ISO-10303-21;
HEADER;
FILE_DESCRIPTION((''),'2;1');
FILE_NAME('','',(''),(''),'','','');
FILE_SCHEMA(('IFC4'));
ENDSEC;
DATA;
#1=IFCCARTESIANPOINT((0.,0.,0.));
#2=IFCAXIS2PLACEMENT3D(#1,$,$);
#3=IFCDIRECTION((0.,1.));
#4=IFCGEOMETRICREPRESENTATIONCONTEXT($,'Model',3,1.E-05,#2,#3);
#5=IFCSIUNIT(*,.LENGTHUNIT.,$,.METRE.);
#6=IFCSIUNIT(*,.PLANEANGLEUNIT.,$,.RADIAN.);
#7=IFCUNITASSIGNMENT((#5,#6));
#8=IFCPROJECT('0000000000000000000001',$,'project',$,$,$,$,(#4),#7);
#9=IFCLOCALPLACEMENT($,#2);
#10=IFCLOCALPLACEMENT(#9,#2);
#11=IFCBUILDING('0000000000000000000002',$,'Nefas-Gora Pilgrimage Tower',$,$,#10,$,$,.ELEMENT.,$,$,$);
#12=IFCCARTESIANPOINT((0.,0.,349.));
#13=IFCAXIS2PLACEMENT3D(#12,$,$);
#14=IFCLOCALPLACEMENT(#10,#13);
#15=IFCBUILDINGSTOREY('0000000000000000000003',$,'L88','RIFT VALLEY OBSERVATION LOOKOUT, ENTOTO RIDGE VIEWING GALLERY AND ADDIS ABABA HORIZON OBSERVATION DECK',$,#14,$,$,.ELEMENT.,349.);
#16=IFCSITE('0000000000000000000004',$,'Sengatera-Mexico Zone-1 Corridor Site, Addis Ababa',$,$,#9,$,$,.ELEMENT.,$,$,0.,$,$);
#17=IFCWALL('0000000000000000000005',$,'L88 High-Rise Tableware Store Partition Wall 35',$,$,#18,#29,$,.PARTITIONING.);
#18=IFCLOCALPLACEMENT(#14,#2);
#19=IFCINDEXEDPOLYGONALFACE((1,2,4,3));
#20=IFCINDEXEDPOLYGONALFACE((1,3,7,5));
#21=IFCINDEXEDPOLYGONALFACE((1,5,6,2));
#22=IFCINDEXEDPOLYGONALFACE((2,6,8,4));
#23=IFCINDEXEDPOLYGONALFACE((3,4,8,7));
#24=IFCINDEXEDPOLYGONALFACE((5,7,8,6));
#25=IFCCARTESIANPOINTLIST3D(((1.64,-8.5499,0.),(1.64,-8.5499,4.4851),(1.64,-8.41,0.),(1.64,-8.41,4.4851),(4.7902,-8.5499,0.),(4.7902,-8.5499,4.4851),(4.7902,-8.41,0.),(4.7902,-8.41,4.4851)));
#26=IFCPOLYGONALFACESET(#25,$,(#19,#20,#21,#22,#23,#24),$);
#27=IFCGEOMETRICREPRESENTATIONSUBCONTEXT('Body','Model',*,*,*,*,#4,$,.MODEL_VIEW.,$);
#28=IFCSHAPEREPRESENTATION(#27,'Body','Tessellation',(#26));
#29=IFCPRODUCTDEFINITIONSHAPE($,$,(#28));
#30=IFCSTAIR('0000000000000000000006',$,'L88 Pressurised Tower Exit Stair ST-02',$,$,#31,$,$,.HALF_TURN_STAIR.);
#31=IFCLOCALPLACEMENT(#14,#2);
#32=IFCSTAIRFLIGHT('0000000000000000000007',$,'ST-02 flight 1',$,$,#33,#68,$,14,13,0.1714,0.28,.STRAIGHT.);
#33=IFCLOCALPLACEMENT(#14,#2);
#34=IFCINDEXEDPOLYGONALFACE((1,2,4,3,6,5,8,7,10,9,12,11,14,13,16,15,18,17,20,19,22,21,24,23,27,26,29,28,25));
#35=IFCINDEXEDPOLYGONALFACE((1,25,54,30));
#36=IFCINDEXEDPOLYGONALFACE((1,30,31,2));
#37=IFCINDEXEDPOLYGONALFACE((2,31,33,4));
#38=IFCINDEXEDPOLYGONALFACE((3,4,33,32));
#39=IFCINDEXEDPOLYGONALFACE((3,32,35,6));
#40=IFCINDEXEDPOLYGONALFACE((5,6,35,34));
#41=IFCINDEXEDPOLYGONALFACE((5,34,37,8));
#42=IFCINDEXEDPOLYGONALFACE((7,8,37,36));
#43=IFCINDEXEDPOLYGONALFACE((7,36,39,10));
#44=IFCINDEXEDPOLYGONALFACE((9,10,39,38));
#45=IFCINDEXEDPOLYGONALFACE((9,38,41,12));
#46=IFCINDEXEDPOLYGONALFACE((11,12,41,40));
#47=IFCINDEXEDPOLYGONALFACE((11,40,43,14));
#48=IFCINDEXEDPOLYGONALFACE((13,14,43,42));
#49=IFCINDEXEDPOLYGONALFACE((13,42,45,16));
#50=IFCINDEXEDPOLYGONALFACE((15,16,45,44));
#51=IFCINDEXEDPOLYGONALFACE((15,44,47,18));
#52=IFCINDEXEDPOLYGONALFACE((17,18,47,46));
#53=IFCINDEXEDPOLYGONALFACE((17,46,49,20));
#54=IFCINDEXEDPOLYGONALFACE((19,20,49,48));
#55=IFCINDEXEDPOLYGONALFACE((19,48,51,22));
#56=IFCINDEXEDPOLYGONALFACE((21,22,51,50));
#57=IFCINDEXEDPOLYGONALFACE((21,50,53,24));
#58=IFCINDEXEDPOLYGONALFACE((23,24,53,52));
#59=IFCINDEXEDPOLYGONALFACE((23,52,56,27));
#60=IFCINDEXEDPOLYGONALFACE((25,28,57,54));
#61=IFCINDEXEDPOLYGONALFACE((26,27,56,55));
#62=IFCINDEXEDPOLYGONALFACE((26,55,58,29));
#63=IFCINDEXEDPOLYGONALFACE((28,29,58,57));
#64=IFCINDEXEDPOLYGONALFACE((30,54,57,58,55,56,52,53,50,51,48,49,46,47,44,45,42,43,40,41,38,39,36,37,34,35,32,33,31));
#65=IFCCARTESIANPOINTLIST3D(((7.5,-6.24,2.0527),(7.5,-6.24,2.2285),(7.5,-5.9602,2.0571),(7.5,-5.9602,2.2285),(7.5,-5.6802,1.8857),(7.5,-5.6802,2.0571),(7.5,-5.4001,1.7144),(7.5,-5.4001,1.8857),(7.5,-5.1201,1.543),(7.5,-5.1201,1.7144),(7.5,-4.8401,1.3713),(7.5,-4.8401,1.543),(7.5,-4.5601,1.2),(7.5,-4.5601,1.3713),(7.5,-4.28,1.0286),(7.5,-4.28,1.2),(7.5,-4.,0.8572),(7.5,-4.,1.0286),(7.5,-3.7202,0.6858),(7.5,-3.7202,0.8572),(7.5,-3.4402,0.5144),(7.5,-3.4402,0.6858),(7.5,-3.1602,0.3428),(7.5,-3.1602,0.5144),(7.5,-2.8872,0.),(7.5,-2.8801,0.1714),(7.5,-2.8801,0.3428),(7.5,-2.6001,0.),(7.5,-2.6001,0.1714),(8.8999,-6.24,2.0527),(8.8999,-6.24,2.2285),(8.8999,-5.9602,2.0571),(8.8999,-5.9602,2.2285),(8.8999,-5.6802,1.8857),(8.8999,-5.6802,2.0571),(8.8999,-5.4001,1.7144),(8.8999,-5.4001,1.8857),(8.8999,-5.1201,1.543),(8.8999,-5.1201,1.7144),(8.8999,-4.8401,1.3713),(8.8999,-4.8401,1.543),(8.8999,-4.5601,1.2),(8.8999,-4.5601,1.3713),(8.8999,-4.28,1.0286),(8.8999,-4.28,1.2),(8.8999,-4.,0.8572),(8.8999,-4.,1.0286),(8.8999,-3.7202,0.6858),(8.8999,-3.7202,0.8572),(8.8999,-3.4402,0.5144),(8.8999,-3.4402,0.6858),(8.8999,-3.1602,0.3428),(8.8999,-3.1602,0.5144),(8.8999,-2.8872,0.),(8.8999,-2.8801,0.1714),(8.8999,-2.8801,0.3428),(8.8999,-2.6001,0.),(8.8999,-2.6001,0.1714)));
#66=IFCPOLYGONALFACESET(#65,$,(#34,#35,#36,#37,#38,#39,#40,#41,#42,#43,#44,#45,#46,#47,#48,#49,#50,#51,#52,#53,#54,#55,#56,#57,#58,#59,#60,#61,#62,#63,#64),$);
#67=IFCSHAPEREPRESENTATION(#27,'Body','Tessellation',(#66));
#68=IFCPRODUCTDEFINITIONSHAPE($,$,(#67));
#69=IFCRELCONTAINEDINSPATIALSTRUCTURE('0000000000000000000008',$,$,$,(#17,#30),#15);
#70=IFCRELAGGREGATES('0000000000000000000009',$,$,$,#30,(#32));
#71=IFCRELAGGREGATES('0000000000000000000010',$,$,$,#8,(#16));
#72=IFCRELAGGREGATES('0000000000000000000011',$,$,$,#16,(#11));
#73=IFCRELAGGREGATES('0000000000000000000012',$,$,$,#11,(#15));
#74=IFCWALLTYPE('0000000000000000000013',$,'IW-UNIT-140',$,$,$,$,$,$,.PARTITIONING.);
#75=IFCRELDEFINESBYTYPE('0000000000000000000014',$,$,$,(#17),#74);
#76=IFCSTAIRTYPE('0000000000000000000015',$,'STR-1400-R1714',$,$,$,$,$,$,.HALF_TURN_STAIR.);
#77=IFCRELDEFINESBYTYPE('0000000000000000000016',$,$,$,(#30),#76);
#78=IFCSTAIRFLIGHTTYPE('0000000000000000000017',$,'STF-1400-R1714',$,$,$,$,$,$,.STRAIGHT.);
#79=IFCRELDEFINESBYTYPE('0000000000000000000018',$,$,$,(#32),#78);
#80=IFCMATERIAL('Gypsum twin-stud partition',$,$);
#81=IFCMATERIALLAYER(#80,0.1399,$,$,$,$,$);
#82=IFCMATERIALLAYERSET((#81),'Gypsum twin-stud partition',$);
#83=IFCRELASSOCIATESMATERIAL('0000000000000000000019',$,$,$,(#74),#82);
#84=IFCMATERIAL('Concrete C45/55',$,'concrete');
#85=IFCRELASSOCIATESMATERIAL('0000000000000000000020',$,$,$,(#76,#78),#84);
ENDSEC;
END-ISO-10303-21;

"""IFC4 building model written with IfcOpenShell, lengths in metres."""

from ifc_helpers import new_model, si_unit, direction, frame, frame_2d, origin, place, context, subcontext, project, spatial, polyline, rectangle, outline, extrude, source, transform, mapped, material, layer, layer_set, type_object, element, aggregate, save


model = new_model("IFC4")

# Units and contexts
model_context = context("Model", 3, precision=1e-05, world=origin(), true_north=direction((0.0, 1.0)))
body_context = subcontext(model_context, "Body", "Model", "MODEL_VIEW")
ifc_project = project(units=[si_unit("LENGTHUNIT", "METRE"), si_unit("PLANEANGLEUNIT", "RADIAN")], contexts=[model_context])

# Site, building, storey
site_placement = place(None, origin())
site = spatial("IfcSite", under=ifc_project, at=site_placement, Name="Sengatera-Mexico Zone-1 Corridor Site, Addis Ababa", CompositionType="ELEMENT", RefElevation=0.0)
building_placement = place(site_placement, origin())
building = spatial("IfcBuilding", under=site, at=building_placement, Name="Nefas-Gora Pilgrimage Tower", CompositionType="ELEMENT")
storey_placement = place(building_placement, frame((0.0, 0.0, 349.0)))
storey = spatial("IfcBuildingStorey", under=building, at=storey_placement, Name="L88", Description="RIFT VALLEY OBSERVATION LOOKOUT, ENTOTO RIDGE VIEWING GALLERY AND ADDIS ABABA HORIZON OBSERVATION DECK", CompositionType="ELEMENT", Elevation=349.0)

# Shared definitions
ifc_material_1 = material(Name="Concrete C45/55", Category="concrete")

# Shared definitions
ifc_material_2 = material(Name="Gypsum twin-stud partition")
ifc_layer_1 = layer(ifc_material_2, 0.1399)
ifc_layer_set_1 = layer_set([ifc_layer_1], Name="Gypsum twin-stud partition")
wall_type_1 = type_object("IfcWallType", Name="IW-UNIT-140", PredefinedType="PARTITIONING", material=ifc_layer_set_1)

# Wall
shared_shape_1 = source(origin(), body_context, "Body", "SweptSolid", [
    extrude(rectangle(XDim=3.1501, YDim=0.1399, at=frame_2d((1.5752, 0.0))), origin(), (0.0, 0.0, 1.0), 4.4851),
])
wall_1_placement = place(storey_placement, frame((1.6399, -8.48, 0.0), z_axis=(0.0, 0.0, 1.0), x_axis=(1.0, 0.0, 0.0)))
element("IfcWall", 1, at=wall_1_placement, inside=storey, type_object=wall_type_1, Name="L88 High-Rise Tableware Store Partition Wall 35", PredefinedType="PARTITIONING", context=body_context, shape_type="MappedRepresentation", body=[
    mapped(shared_shape_1, transform((0.0, 0.0, 0.0), x_axis=(1.0, 0.0, 0.0), y_axis=(0.0, 1.0, 0.0), z_axis=(0.0, 0.0, 1.0), scale=1.0)),
])

# Stair, stair flight
stair_type = type_object("IfcStairType", Name="STR-1400-R1714", PredefinedType="HALF_TURN_STAIR", material=ifc_material_1)
stair_placement = place(storey_placement, origin())
stair = element("IfcStair", 2, at=stair_placement, inside=storey, type_object=stair_type, Name="L88 Pressurised Tower Exit Stair ST-02", PredefinedType="HALF_TURN_STAIR")
stair_flight_type = type_object("IfcStairFlightType", Name="STF-1400-R1714", PredefinedType="STRAIGHT", material=ifc_material_1)
shared_shape_2 = source(origin(), body_context, "Body", "SweptSolid", [
    extrude(outline(polyline([(0.0, 0.0), (0.0, 0.1714), (0.28, 0.1714), (0.28, 0.3428), (0.5601, 0.3428), (0.5601, 0.5144), (0.8401, 0.5144), (0.8401, 0.6858), (1.1201, 0.6858), (1.1201, 0.8572), (1.3999, 0.8572), (1.3999, 1.0286), (1.6799, 1.0286), (1.6799, 1.2), (1.96, 1.2), (1.96, 1.3713), (2.24, 1.3713), (2.24, 1.543), (2.52, 1.543), (2.52, 1.7144), (2.8, 1.7144), (2.8, 1.8857), (3.0801, 1.8857), (3.0801, 2.0571), (3.3601, 2.0571), (3.3601, 2.2285), (3.6399, 2.2285), (3.6399, 2.3999), (3.6399, 2.0527), (0.2871, 0.0), (0.0, 0.0)])), frame((0.0, 0.7, 0.0), z_axis=(0.0, -1.0, 0.0), x_axis=(1.0, 0.0, 0.0)), (0.0, 0.0, 1.0), 1.3999),
])
stair_flight_placement = place(storey_placement, frame((8.2, -2.6001, 0.0), z_axis=(0.0, 0.0, 1.0), x_axis=(0.0, -1.0, 0.0)))
stair_flight = element("IfcStairFlight", 3, at=stair_flight_placement, type_object=stair_flight_type, Name="ST-02 flight 1", NumberOfRisers=14, NumberOfTreads=13, PredefinedType="STRAIGHT", RiserHeight=0.1714, TreadLength=0.28, context=body_context, shape_type="MappedRepresentation", body=[
    mapped(shared_shape_2, transform((0.0, 0.0, 0.0), x_axis=(1.0, 0.0, 0.0), y_axis=(0.0, 1.0, 0.0), z_axis=(0.0, 0.0, 1.0), scale=1.0)),
])
aggregate(stair, [stair_flight])

save(model, "model.ifc")
